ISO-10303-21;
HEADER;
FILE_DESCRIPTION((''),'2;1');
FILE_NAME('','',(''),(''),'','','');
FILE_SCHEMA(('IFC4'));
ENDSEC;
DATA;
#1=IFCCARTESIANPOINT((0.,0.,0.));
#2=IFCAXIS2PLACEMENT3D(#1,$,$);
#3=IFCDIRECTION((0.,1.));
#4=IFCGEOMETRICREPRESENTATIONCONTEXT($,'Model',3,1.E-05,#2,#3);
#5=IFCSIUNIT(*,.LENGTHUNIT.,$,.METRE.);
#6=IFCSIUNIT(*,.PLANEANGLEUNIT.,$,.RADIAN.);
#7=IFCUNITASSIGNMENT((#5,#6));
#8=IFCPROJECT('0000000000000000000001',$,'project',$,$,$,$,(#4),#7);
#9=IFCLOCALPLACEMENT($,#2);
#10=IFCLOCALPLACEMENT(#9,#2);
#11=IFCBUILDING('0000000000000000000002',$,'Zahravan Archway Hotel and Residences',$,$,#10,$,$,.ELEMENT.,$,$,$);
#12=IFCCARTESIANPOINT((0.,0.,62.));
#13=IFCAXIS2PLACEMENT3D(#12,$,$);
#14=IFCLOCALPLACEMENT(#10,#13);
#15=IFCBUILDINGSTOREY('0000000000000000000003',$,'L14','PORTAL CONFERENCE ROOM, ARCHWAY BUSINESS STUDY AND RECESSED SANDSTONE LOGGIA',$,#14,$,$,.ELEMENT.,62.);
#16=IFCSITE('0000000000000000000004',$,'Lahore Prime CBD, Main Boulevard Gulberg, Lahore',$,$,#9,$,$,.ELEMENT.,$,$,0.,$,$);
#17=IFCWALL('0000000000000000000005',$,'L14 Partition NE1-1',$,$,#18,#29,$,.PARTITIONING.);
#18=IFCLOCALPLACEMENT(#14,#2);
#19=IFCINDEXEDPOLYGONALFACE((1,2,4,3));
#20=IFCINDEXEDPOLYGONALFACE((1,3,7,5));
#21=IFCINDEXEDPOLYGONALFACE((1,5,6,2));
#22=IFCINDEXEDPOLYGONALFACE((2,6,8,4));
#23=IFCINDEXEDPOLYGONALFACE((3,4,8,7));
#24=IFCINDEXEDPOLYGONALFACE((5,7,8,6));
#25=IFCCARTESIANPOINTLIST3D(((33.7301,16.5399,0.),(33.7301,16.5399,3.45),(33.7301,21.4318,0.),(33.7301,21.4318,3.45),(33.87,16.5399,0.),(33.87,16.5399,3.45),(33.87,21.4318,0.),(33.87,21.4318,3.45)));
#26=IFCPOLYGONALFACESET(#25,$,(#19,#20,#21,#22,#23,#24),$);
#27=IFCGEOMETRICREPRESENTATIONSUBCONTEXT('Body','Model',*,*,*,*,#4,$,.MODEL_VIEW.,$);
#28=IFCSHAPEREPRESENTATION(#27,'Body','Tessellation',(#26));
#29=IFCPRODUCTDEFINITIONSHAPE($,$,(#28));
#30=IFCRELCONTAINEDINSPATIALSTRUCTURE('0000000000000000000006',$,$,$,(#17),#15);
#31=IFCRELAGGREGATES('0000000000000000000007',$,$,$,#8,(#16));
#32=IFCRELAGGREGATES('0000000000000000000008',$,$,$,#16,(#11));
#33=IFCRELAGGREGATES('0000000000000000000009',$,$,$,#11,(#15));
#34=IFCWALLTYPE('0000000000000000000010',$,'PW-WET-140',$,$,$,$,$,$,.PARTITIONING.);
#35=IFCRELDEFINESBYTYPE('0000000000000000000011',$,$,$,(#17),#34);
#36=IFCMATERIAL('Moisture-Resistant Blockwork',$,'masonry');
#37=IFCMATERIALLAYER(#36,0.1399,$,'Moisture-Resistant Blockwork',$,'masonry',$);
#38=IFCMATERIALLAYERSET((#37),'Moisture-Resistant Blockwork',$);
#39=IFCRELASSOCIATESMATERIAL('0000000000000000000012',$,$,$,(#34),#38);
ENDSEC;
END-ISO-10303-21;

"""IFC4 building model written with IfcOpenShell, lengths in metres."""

from ifc_helpers import new_model, si_unit, direction, frame, frame_2d, origin, place, context, subcontext, project, spatial, rectangle, extrude, material, layer, layer_set, type_object, element, save


model = new_model("IFC4")

# Units and contexts
model_context = context("Model", 3, precision=1e-05, world=origin(), true_north=direction((0.0, 1.0)))
body_context = subcontext(model_context, "Body", "Model", "MODEL_VIEW")
ifc_project = project(units=[si_unit("LENGTHUNIT", "METRE"), si_unit("PLANEANGLEUNIT", "RADIAN")], contexts=[model_context])

# Site, building, storey
site_placement = place(None, origin())
site = spatial("IfcSite", under=ifc_project, at=site_placement, Name="Lahore Prime CBD, Main Boulevard Gulberg, Lahore", CompositionType="ELEMENT", RefElevation=0.0)
building_placement = place(site_placement, origin())
building = spatial("IfcBuilding", under=site, at=building_placement, Name="Zahravan Archway Hotel and Residences", CompositionType="ELEMENT")
storey_placement = place(building_placement, frame((0.0, 0.0, 62.0)))
storey = spatial("IfcBuildingStorey", under=building, at=storey_placement, Name="L14", Description="PORTAL CONFERENCE ROOM, ARCHWAY BUSINESS STUDY AND RECESSED SANDSTONE LOGGIA", CompositionType="ELEMENT", Elevation=62.0)

# Wall
ifc_material_1 = material(Name="Moisture-Resistant Blockwork", Category="masonry")
ifc_layer_1 = layer(ifc_material_1, 0.1399, Name="Moisture-Resistant Blockwork", Category="masonry")
ifc_layer_set_1 = layer_set([ifc_layer_1], Name="Moisture-Resistant Blockwork")
wall_type_1 = type_object("IfcWallType", Name="PW-WET-140", PredefinedType="PARTITIONING", material=ifc_layer_set_1)
wall_1_placement = place(storey_placement, frame((33.8, 16.54, 0.0), z_axis=(0.0, 0.0, 1.0), x_axis=(0.0, 1.0, 0.0)))
element("IfcWall", 1, at=wall_1_placement, inside=storey, type_object=wall_type_1, Name="L14 Partition NE1-1", PredefinedType="PARTITIONING", context=body_context, shape_type="SweptSolid", body=[
    extrude(rectangle(XDim=4.8918, YDim=0.1399, at=frame_2d((2.4458, 0.0))), origin(), (0.0, 0.0, 1.0), 3.45),
])

save(model, "model.ifc")
